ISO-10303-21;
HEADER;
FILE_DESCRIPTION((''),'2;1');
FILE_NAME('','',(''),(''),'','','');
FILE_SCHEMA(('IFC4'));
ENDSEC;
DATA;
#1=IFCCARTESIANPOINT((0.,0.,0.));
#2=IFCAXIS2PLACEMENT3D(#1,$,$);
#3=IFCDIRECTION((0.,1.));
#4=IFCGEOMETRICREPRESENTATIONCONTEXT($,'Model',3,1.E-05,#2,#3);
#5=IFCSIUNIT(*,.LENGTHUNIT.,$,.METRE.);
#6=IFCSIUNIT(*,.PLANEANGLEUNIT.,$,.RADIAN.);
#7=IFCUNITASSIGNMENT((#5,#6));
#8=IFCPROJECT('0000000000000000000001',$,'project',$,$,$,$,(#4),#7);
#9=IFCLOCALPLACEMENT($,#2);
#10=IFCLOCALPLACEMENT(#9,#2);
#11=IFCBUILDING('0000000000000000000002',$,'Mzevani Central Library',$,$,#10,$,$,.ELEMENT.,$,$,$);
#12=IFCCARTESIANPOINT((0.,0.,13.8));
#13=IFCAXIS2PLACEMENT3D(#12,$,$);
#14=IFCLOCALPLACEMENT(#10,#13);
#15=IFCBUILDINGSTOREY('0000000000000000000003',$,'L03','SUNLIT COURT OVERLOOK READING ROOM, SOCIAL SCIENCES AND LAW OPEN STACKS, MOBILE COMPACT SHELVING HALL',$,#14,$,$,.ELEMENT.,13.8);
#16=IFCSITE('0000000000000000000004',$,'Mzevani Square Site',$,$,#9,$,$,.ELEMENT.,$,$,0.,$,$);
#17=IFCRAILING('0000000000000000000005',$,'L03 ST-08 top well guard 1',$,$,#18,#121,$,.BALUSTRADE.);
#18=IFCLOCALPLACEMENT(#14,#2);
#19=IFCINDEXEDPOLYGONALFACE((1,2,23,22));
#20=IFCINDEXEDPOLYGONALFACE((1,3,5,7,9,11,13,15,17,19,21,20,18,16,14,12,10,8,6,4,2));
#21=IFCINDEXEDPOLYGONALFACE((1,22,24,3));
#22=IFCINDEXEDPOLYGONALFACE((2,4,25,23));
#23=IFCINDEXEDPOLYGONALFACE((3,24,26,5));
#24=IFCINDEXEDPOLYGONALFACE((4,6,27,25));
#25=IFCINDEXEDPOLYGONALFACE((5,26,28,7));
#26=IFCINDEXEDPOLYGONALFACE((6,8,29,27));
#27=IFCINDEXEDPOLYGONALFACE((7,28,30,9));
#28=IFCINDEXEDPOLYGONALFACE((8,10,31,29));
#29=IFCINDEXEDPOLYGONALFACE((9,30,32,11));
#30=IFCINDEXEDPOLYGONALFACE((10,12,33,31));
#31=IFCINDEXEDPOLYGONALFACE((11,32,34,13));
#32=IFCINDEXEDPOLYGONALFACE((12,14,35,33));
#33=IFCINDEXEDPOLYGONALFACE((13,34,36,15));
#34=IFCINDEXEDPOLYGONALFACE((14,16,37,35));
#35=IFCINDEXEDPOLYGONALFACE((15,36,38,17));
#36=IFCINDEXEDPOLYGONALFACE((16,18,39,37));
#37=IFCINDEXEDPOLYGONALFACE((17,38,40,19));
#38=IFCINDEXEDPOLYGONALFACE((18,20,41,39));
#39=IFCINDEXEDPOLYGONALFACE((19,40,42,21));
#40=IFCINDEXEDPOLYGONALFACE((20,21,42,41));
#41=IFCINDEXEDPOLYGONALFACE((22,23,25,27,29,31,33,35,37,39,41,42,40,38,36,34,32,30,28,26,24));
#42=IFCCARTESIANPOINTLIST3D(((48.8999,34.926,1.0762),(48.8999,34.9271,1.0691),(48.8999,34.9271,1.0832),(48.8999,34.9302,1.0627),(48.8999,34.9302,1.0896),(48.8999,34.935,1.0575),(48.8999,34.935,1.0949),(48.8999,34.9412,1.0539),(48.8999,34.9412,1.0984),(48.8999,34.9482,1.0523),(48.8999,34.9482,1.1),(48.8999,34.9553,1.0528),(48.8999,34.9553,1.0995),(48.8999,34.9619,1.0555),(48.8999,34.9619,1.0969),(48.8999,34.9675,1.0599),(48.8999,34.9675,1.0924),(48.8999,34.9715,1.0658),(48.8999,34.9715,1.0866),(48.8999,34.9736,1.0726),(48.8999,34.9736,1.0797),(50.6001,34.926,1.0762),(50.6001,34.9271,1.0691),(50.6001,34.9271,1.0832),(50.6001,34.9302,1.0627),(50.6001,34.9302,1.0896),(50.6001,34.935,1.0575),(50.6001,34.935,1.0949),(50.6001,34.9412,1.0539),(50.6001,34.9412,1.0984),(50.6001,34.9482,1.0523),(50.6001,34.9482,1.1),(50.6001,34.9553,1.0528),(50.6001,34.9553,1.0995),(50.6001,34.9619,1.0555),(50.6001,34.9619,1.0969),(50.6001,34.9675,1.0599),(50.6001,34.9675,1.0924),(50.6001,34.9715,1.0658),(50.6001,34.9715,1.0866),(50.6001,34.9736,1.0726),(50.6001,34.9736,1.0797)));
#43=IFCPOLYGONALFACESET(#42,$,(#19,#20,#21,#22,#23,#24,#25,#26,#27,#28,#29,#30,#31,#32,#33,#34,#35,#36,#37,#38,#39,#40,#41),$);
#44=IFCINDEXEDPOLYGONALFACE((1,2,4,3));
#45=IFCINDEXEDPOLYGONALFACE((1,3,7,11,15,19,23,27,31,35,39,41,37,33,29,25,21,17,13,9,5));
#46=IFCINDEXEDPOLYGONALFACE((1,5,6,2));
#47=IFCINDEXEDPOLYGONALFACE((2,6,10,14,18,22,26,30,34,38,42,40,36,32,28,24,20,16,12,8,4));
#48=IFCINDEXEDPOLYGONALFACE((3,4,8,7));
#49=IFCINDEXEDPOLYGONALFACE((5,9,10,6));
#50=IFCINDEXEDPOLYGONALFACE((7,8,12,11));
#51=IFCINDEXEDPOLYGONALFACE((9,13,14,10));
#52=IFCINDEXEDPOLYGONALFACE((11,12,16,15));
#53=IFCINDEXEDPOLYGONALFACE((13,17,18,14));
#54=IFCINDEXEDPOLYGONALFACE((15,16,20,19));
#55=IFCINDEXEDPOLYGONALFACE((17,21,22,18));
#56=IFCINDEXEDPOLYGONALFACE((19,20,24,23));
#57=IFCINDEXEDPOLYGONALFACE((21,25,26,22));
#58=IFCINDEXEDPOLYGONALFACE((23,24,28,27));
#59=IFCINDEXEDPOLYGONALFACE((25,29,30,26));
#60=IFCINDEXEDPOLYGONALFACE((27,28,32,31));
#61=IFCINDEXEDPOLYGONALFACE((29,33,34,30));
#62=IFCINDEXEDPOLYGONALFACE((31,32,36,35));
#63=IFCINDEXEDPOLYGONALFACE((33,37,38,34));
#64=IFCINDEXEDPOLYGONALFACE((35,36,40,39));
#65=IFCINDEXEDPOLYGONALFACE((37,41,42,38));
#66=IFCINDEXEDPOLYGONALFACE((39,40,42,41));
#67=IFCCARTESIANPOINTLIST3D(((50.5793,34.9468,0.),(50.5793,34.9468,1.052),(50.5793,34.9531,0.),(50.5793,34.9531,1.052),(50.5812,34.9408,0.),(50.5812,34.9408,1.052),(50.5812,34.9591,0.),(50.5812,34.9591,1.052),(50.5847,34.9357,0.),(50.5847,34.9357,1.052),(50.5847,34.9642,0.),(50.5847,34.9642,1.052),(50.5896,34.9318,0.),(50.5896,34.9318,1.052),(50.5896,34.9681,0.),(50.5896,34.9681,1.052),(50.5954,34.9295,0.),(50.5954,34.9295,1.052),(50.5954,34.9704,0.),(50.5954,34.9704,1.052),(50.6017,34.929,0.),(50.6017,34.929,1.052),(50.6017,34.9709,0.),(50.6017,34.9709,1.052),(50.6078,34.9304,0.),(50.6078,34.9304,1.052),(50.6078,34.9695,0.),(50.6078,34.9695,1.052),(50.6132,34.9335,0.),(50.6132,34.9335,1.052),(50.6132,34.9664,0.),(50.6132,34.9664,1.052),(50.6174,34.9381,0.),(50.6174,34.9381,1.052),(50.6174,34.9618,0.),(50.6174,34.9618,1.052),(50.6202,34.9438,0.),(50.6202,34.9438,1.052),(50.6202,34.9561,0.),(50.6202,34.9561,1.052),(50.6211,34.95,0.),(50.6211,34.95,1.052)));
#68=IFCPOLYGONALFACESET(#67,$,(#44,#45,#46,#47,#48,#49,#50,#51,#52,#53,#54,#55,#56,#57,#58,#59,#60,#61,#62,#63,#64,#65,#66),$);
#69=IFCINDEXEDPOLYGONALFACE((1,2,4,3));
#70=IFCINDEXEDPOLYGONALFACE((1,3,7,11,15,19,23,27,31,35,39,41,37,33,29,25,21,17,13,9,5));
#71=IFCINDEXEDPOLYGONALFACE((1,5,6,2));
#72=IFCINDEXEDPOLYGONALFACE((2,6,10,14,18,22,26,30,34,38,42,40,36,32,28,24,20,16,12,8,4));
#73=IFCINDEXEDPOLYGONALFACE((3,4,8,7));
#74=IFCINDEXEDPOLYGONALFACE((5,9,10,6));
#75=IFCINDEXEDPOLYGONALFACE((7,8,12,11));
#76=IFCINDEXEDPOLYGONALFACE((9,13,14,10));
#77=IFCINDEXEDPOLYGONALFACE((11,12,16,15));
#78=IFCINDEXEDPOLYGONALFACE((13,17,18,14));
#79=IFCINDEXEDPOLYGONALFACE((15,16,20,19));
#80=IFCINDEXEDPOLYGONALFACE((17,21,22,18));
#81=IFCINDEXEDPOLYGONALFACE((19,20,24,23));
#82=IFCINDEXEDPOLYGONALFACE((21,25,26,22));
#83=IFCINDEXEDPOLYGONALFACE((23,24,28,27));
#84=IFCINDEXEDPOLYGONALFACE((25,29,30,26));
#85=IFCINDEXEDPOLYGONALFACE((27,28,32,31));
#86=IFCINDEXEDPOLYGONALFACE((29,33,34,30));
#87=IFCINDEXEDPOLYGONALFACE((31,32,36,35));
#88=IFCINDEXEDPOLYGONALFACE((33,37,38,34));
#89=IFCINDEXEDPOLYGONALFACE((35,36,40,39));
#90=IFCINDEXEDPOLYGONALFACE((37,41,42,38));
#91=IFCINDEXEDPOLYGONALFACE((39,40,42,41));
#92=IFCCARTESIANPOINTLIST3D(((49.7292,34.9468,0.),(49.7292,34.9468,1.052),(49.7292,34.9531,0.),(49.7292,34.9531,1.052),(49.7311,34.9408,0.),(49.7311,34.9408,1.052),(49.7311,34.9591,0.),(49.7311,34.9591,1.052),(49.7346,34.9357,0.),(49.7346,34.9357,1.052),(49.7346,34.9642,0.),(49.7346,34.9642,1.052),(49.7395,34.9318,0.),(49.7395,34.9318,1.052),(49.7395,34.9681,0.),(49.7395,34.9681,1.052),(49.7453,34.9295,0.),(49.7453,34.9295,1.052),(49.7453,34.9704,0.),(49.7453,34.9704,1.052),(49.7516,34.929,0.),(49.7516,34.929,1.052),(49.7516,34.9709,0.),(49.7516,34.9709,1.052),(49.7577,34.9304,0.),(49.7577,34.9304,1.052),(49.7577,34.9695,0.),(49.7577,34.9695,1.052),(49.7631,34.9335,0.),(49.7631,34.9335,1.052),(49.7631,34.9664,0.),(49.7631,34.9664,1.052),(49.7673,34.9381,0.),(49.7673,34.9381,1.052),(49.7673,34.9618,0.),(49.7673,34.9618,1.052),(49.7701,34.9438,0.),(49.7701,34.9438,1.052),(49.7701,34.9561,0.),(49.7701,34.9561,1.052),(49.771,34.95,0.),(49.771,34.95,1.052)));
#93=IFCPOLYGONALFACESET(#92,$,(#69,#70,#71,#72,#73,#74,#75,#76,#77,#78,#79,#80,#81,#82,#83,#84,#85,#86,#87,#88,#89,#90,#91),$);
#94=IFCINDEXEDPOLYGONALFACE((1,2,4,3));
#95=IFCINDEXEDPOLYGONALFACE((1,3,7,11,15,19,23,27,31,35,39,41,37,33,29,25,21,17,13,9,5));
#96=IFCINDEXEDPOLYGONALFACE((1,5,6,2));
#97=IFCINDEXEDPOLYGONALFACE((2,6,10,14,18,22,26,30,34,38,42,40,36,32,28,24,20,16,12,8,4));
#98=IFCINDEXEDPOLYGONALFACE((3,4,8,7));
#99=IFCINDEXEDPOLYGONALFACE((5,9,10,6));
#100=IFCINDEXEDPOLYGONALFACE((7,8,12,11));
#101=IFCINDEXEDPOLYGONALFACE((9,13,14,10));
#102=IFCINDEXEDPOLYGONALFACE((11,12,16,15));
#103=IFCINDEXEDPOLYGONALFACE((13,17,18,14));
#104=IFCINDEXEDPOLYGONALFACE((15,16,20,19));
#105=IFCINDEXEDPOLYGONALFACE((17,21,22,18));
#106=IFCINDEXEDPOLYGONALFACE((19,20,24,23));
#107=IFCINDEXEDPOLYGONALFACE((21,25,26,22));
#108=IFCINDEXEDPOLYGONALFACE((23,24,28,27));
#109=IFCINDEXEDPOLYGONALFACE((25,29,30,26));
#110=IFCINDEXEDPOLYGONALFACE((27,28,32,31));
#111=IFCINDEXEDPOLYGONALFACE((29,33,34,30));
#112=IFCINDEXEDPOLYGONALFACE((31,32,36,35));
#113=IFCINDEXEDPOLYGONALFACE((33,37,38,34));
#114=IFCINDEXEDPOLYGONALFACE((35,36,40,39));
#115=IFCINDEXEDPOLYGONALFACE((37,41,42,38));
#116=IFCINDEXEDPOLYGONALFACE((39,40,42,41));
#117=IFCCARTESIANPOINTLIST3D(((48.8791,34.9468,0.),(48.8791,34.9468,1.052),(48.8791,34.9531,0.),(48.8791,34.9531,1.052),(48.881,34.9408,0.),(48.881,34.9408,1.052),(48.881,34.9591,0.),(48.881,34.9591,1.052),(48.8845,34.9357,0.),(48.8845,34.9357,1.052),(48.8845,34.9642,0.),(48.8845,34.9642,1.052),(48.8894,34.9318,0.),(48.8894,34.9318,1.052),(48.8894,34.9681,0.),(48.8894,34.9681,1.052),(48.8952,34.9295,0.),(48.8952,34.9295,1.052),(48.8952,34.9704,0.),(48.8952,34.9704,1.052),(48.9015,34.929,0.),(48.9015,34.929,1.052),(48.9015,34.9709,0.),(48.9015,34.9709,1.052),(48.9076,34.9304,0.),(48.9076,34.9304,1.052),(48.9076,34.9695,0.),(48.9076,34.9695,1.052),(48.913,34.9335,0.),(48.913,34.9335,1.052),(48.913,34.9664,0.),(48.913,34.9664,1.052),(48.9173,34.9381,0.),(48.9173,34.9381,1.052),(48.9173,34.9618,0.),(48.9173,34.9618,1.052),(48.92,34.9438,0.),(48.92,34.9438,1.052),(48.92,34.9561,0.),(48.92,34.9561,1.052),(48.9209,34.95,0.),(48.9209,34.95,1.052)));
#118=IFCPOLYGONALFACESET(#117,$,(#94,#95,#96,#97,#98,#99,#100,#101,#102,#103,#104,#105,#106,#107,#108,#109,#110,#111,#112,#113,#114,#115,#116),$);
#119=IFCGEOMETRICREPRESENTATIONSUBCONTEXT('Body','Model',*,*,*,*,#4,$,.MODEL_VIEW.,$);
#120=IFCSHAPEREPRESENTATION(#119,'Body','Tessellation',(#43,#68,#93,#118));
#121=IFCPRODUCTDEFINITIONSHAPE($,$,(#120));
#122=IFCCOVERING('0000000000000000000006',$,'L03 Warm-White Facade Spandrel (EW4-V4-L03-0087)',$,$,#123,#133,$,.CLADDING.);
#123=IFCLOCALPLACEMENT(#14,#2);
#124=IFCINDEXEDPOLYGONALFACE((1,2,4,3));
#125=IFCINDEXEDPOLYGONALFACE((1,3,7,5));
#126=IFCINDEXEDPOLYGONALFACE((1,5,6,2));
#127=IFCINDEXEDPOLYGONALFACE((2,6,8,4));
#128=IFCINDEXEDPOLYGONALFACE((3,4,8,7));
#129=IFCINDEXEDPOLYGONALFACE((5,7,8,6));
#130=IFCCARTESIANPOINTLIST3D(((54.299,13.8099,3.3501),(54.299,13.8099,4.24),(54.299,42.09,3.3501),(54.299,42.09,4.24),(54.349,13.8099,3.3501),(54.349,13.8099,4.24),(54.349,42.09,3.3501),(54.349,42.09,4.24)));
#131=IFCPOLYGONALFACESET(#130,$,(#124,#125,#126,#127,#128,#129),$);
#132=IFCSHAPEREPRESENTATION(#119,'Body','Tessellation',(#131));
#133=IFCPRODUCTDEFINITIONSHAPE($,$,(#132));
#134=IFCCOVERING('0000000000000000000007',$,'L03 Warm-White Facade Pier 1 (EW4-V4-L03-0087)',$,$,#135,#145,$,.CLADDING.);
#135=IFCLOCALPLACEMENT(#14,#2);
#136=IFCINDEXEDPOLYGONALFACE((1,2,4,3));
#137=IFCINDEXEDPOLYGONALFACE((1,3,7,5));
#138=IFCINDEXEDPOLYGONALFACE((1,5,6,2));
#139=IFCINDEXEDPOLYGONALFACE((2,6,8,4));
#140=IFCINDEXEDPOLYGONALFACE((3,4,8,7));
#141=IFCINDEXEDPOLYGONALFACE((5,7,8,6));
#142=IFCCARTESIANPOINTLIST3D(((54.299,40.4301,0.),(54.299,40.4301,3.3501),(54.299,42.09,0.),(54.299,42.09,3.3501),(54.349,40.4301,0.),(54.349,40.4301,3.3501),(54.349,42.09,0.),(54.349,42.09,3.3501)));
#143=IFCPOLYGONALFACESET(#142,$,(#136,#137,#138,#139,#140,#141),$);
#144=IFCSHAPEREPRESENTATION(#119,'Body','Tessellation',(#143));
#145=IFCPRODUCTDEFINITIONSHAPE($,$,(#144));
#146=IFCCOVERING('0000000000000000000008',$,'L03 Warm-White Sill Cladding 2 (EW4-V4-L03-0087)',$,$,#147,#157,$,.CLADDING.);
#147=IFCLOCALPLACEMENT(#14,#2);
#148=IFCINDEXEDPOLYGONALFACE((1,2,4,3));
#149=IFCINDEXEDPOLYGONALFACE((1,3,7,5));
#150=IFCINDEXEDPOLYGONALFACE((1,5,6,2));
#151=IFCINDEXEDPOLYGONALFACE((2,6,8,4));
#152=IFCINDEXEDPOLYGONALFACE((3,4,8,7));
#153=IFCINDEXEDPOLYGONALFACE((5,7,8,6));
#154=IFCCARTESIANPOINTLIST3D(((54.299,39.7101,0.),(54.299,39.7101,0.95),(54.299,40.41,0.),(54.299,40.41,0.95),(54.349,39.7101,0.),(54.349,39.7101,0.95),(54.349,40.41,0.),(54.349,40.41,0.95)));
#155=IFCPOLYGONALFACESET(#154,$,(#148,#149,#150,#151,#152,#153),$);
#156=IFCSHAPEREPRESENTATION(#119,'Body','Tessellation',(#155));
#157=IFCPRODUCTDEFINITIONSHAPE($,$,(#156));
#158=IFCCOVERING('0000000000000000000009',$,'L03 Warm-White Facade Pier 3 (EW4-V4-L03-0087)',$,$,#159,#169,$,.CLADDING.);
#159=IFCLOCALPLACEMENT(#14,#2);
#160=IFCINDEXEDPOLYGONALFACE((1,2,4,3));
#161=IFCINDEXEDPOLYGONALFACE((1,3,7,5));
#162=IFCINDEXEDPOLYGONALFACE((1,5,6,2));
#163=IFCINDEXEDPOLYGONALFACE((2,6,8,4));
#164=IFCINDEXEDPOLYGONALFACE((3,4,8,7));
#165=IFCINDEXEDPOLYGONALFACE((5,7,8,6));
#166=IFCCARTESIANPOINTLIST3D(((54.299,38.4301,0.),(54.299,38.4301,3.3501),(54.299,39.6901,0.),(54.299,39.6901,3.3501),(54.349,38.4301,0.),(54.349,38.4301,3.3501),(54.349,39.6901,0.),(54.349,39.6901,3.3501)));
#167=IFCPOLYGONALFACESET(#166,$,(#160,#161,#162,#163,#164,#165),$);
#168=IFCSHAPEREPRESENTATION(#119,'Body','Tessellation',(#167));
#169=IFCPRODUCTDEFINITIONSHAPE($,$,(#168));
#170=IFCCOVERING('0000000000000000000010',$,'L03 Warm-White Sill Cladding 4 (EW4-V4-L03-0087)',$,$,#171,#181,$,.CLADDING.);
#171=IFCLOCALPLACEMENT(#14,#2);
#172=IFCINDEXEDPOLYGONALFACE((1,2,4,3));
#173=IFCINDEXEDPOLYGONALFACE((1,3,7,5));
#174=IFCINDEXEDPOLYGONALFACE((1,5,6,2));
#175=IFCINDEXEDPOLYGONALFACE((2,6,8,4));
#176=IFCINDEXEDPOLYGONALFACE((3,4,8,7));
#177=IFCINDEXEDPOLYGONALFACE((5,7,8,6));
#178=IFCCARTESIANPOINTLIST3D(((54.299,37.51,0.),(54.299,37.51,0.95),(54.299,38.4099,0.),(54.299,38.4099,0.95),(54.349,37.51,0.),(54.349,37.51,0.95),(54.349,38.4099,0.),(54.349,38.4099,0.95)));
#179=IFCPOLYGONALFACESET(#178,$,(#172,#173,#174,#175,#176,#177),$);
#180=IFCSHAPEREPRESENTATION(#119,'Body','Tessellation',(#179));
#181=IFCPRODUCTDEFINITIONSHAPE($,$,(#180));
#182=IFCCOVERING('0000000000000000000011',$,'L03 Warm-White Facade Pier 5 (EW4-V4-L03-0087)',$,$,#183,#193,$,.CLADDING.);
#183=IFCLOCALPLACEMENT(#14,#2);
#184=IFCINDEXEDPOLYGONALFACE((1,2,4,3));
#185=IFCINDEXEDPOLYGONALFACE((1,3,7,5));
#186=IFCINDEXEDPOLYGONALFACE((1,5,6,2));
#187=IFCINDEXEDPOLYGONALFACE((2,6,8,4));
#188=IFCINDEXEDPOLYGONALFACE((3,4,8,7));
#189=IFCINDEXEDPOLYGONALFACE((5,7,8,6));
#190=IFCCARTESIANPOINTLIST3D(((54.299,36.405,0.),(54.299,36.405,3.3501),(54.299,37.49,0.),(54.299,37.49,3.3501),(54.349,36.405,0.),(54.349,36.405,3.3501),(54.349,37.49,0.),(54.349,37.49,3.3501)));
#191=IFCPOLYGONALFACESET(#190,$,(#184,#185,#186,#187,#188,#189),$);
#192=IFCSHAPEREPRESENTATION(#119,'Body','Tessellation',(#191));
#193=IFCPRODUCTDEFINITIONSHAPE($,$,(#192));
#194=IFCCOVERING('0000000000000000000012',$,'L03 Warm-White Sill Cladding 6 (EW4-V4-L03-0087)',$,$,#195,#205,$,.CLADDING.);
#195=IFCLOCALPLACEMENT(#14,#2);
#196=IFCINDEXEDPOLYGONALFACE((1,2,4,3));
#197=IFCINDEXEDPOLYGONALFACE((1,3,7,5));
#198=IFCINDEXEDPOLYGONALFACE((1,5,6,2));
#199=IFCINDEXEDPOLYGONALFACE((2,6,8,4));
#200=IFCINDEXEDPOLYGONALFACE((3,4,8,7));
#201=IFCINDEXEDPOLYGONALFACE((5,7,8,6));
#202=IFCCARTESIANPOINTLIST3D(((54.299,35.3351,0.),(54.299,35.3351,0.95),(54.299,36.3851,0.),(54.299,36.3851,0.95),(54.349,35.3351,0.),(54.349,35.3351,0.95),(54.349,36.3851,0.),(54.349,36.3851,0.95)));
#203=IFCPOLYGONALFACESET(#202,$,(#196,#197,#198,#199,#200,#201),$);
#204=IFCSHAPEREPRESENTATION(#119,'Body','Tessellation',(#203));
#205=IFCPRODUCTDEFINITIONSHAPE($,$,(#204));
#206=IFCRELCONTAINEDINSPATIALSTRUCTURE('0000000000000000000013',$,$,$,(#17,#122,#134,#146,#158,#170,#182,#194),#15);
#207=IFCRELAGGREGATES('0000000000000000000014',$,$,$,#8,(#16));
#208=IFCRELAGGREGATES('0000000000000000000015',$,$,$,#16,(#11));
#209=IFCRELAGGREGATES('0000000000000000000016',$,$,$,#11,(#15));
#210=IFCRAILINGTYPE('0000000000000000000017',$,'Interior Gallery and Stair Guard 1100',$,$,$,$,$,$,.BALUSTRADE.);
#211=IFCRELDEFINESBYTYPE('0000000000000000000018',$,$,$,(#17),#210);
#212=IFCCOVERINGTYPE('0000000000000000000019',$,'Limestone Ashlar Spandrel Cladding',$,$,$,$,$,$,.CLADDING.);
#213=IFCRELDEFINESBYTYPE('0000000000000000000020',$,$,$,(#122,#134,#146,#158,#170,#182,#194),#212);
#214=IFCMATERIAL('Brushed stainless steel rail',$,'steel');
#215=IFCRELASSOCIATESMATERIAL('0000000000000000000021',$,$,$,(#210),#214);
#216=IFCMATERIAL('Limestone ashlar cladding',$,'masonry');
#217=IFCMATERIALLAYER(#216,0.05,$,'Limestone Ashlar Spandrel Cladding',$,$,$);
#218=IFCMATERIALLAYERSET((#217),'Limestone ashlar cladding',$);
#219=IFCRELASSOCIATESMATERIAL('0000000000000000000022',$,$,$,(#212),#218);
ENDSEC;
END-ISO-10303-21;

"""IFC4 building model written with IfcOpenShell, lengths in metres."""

from ifc_helpers import new_model, si_unit, direction, frame, origin, origin_2d, place, context, subcontext, project, spatial, rectangle, circle, extrude, material, layer, layer_set, type_object, element, save


model = new_model("IFC4")

# Units and contexts
model_context = context("Model", 3, precision=1e-05, world=origin(), true_north=direction((0.0, 1.0)))
body_context = subcontext(model_context, "Body", "Model", "MODEL_VIEW")
ifc_project = project(units=[si_unit("LENGTHUNIT", "METRE"), si_unit("PLANEANGLEUNIT", "RADIAN")], contexts=[model_context])

# Site, building, storey
site_placement = place(None, origin())
site = spatial("IfcSite", under=ifc_project, at=site_placement, Name="Mzevani Square Site", CompositionType="ELEMENT", RefElevation=0.0)
building_placement = place(site_placement, origin())
building = spatial("IfcBuilding", under=site, at=building_placement, Name="Mzevani Central Library", CompositionType="ELEMENT")
storey_placement = place(building_placement, frame((0.0, 0.0, 13.8)))
storey = spatial("IfcBuildingStorey", under=building, at=storey_placement, Name="L03", Description="SUNLIT COURT OVERLOOK READING ROOM, SOCIAL SCIENCES AND LAW OPEN STACKS, MOBILE COMPACT SHELVING HALL", CompositionType="ELEMENT", Elevation=13.8)

# Railing
ifc_material_1 = material(Name="Brushed stainless steel rail", Category="steel")
railing_type = type_object("IfcRailingType", Name="Interior Gallery and Stair Guard 1100", PredefinedType="BALUSTRADE", material=ifc_material_1)
railing_placement = place(storey_placement, frame((50.6001, 34.95, 0.0)))
element("IfcRailing", 1, at=railing_placement, inside=storey, type_object=railing_type, Name="L03 ST-08 top well guard 1", PredefinedType="BALUSTRADE", context=body_context, shape_type="SweptSolid", body=[
    extrude(circle(Radius=0.0239, at=origin_2d()), frame((0.0, 0.0, 1.0762), z_axis=(-1.0, 0.0, 0.0), x_axis=(0.0, -1.0, 0.0)), (0.0, 0.0, 1.0), 1.7002),
    extrude(circle(Radius=0.021, at=origin_2d()), origin(), (0.0, 0.0, 1.0), 1.052),
    extrude(circle(Radius=0.021, at=origin_2d()), frame((-0.8501, 0.0, 0.0)), (0.0, 0.0, 1.0), 1.052),
    extrude(circle(Radius=0.021, at=origin_2d()), frame((-1.7002, 0.0, 0.0)), (0.0, 0.0, 1.0), 1.052),
])

# Coverings
ifc_material_2 = material(Name="Limestone ashlar cladding", Category="masonry")
ifc_layer_1 = layer(ifc_material_2, 0.05, Name="Limestone Ashlar Spandrel Cladding")
ifc_layer_set_1 = layer_set([ifc_layer_1], Name="Limestone ashlar cladding")
covering_type = type_object("IfcCoveringType", Name="Limestone Ashlar Spandrel Cladding", PredefinedType="CLADDING", material=ifc_layer_set_1)
covering_1_placement = place(storey_placement, frame((54.324, 27.95, 3.3501), z_axis=(0.0, 0.0, 1.0), x_axis=(0.0, -1.0, 0.0)))
element("IfcCovering", 2, at=covering_1_placement, inside=storey, type_object=covering_type, Name="L03 Warm-White Facade Spandrel (EW4-V4-L03-0087)", PredefinedType="CLADDING", context=body_context, shape_type="SweptSolid", body=[
    extrude(rectangle(XDim=28.28, YDim=0.05, at=origin_2d()), origin(), (0.0, 0.0, 1.0), 0.8899),
])
covering_2_placement = place(storey_placement, frame((54.324, 41.26, 0.0), z_axis=(0.0, 0.0, 1.0), x_axis=(0.0, -1.0, 0.0)))
element("IfcCovering", 3, at=covering_2_placement, inside=storey, type_object=covering_type, Name="L03 Warm-White Facade Pier 1 (EW4-V4-L03-0087)", PredefinedType="CLADDING", context=body_context, shape_type="SweptSolid", body=[
    extrude(rectangle(XDim=1.6599, YDim=0.05, at=origin_2d()), origin(), (0.0, 0.0, 1.0), 3.3501),
])
covering_3_placement = place(storey_placement, frame((54.324, 40.0601, 0.0), z_axis=(0.0, 0.0, 1.0), x_axis=(0.0, -1.0, 0.0)))
element("IfcCovering", 4, at=covering_3_placement, inside=storey, type_object=covering_type, Name="L03 Warm-White Sill Cladding 2 (EW4-V4-L03-0087)", PredefinedType="CLADDING", context=body_context, shape_type="SweptSolid", body=[
    extrude(rectangle(XDim=0.7, YDim=0.05, at=origin_2d()), origin(), (0.0, 0.0, 1.0), 0.95),
])
covering_4_placement = place(storey_placement, frame((54.324, 39.0601, 0.0), z_axis=(0.0, 0.0, 1.0), x_axis=(0.0, -1.0, 0.0)))
element("IfcCovering", 5, at=covering_4_placement, inside=storey, type_object=covering_type, Name="L03 Warm-White Facade Pier 3 (EW4-V4-L03-0087)", PredefinedType="CLADDING", context=body_context, shape_type="SweptSolid", body=[
    extrude(rectangle(XDim=1.26, YDim=0.05, at=origin_2d()), origin(), (0.0, 0.0, 1.0), 3.3501),
])
covering_5_placement = place(storey_placement, frame((54.324, 37.96, 0.0), z_axis=(0.0, 0.0, 1.0), x_axis=(0.0, -1.0, 0.0)))
element("IfcCovering", 6, at=covering_5_placement, inside=storey, type_object=covering_type, Name="L03 Warm-White Sill Cladding 4 (EW4-V4-L03-0087)", PredefinedType="CLADDING", context=body_context, shape_type="SweptSolid", body=[
    extrude(rectangle(XDim=0.8999, YDim=0.05, at=origin_2d()), origin(), (0.0, 0.0, 1.0), 0.95),
])
covering_6_placement = place(storey_placement, frame((54.324, 36.9475, 0.0), z_axis=(0.0, 0.0, 1.0), x_axis=(0.0, -1.0, 0.0)))
element("IfcCovering", 7, at=covering_6_placement, inside=storey, type_object=covering_type, Name="L03 Warm-White Facade Pier 5 (EW4-V4-L03-0087)", PredefinedType="CLADDING", context=body_context, shape_type="SweptSolid", body=[
    extrude(rectangle(XDim=1.085, YDim=0.05, at=origin_2d()), origin(), (0.0, 0.0, 1.0), 3.3501),
])
covering_7_placement = place(storey_placement, frame((54.324, 35.8601, 0.0), z_axis=(0.0, 0.0, 1.0), x_axis=(0.0, -1.0, 0.0)))
element("IfcCovering", 8, at=covering_7_placement, inside=storey, type_object=covering_type, Name="L03 Warm-White Sill Cladding 6 (EW4-V4-L03-0087)", PredefinedType="CLADDING", context=body_context, shape_type="SweptSolid", body=[
    extrude(rectangle(XDim=1.05, YDim=0.05, at=origin_2d()), origin(), (0.0, 0.0, 1.0), 0.95),
])

save(model, "model.ifc")
